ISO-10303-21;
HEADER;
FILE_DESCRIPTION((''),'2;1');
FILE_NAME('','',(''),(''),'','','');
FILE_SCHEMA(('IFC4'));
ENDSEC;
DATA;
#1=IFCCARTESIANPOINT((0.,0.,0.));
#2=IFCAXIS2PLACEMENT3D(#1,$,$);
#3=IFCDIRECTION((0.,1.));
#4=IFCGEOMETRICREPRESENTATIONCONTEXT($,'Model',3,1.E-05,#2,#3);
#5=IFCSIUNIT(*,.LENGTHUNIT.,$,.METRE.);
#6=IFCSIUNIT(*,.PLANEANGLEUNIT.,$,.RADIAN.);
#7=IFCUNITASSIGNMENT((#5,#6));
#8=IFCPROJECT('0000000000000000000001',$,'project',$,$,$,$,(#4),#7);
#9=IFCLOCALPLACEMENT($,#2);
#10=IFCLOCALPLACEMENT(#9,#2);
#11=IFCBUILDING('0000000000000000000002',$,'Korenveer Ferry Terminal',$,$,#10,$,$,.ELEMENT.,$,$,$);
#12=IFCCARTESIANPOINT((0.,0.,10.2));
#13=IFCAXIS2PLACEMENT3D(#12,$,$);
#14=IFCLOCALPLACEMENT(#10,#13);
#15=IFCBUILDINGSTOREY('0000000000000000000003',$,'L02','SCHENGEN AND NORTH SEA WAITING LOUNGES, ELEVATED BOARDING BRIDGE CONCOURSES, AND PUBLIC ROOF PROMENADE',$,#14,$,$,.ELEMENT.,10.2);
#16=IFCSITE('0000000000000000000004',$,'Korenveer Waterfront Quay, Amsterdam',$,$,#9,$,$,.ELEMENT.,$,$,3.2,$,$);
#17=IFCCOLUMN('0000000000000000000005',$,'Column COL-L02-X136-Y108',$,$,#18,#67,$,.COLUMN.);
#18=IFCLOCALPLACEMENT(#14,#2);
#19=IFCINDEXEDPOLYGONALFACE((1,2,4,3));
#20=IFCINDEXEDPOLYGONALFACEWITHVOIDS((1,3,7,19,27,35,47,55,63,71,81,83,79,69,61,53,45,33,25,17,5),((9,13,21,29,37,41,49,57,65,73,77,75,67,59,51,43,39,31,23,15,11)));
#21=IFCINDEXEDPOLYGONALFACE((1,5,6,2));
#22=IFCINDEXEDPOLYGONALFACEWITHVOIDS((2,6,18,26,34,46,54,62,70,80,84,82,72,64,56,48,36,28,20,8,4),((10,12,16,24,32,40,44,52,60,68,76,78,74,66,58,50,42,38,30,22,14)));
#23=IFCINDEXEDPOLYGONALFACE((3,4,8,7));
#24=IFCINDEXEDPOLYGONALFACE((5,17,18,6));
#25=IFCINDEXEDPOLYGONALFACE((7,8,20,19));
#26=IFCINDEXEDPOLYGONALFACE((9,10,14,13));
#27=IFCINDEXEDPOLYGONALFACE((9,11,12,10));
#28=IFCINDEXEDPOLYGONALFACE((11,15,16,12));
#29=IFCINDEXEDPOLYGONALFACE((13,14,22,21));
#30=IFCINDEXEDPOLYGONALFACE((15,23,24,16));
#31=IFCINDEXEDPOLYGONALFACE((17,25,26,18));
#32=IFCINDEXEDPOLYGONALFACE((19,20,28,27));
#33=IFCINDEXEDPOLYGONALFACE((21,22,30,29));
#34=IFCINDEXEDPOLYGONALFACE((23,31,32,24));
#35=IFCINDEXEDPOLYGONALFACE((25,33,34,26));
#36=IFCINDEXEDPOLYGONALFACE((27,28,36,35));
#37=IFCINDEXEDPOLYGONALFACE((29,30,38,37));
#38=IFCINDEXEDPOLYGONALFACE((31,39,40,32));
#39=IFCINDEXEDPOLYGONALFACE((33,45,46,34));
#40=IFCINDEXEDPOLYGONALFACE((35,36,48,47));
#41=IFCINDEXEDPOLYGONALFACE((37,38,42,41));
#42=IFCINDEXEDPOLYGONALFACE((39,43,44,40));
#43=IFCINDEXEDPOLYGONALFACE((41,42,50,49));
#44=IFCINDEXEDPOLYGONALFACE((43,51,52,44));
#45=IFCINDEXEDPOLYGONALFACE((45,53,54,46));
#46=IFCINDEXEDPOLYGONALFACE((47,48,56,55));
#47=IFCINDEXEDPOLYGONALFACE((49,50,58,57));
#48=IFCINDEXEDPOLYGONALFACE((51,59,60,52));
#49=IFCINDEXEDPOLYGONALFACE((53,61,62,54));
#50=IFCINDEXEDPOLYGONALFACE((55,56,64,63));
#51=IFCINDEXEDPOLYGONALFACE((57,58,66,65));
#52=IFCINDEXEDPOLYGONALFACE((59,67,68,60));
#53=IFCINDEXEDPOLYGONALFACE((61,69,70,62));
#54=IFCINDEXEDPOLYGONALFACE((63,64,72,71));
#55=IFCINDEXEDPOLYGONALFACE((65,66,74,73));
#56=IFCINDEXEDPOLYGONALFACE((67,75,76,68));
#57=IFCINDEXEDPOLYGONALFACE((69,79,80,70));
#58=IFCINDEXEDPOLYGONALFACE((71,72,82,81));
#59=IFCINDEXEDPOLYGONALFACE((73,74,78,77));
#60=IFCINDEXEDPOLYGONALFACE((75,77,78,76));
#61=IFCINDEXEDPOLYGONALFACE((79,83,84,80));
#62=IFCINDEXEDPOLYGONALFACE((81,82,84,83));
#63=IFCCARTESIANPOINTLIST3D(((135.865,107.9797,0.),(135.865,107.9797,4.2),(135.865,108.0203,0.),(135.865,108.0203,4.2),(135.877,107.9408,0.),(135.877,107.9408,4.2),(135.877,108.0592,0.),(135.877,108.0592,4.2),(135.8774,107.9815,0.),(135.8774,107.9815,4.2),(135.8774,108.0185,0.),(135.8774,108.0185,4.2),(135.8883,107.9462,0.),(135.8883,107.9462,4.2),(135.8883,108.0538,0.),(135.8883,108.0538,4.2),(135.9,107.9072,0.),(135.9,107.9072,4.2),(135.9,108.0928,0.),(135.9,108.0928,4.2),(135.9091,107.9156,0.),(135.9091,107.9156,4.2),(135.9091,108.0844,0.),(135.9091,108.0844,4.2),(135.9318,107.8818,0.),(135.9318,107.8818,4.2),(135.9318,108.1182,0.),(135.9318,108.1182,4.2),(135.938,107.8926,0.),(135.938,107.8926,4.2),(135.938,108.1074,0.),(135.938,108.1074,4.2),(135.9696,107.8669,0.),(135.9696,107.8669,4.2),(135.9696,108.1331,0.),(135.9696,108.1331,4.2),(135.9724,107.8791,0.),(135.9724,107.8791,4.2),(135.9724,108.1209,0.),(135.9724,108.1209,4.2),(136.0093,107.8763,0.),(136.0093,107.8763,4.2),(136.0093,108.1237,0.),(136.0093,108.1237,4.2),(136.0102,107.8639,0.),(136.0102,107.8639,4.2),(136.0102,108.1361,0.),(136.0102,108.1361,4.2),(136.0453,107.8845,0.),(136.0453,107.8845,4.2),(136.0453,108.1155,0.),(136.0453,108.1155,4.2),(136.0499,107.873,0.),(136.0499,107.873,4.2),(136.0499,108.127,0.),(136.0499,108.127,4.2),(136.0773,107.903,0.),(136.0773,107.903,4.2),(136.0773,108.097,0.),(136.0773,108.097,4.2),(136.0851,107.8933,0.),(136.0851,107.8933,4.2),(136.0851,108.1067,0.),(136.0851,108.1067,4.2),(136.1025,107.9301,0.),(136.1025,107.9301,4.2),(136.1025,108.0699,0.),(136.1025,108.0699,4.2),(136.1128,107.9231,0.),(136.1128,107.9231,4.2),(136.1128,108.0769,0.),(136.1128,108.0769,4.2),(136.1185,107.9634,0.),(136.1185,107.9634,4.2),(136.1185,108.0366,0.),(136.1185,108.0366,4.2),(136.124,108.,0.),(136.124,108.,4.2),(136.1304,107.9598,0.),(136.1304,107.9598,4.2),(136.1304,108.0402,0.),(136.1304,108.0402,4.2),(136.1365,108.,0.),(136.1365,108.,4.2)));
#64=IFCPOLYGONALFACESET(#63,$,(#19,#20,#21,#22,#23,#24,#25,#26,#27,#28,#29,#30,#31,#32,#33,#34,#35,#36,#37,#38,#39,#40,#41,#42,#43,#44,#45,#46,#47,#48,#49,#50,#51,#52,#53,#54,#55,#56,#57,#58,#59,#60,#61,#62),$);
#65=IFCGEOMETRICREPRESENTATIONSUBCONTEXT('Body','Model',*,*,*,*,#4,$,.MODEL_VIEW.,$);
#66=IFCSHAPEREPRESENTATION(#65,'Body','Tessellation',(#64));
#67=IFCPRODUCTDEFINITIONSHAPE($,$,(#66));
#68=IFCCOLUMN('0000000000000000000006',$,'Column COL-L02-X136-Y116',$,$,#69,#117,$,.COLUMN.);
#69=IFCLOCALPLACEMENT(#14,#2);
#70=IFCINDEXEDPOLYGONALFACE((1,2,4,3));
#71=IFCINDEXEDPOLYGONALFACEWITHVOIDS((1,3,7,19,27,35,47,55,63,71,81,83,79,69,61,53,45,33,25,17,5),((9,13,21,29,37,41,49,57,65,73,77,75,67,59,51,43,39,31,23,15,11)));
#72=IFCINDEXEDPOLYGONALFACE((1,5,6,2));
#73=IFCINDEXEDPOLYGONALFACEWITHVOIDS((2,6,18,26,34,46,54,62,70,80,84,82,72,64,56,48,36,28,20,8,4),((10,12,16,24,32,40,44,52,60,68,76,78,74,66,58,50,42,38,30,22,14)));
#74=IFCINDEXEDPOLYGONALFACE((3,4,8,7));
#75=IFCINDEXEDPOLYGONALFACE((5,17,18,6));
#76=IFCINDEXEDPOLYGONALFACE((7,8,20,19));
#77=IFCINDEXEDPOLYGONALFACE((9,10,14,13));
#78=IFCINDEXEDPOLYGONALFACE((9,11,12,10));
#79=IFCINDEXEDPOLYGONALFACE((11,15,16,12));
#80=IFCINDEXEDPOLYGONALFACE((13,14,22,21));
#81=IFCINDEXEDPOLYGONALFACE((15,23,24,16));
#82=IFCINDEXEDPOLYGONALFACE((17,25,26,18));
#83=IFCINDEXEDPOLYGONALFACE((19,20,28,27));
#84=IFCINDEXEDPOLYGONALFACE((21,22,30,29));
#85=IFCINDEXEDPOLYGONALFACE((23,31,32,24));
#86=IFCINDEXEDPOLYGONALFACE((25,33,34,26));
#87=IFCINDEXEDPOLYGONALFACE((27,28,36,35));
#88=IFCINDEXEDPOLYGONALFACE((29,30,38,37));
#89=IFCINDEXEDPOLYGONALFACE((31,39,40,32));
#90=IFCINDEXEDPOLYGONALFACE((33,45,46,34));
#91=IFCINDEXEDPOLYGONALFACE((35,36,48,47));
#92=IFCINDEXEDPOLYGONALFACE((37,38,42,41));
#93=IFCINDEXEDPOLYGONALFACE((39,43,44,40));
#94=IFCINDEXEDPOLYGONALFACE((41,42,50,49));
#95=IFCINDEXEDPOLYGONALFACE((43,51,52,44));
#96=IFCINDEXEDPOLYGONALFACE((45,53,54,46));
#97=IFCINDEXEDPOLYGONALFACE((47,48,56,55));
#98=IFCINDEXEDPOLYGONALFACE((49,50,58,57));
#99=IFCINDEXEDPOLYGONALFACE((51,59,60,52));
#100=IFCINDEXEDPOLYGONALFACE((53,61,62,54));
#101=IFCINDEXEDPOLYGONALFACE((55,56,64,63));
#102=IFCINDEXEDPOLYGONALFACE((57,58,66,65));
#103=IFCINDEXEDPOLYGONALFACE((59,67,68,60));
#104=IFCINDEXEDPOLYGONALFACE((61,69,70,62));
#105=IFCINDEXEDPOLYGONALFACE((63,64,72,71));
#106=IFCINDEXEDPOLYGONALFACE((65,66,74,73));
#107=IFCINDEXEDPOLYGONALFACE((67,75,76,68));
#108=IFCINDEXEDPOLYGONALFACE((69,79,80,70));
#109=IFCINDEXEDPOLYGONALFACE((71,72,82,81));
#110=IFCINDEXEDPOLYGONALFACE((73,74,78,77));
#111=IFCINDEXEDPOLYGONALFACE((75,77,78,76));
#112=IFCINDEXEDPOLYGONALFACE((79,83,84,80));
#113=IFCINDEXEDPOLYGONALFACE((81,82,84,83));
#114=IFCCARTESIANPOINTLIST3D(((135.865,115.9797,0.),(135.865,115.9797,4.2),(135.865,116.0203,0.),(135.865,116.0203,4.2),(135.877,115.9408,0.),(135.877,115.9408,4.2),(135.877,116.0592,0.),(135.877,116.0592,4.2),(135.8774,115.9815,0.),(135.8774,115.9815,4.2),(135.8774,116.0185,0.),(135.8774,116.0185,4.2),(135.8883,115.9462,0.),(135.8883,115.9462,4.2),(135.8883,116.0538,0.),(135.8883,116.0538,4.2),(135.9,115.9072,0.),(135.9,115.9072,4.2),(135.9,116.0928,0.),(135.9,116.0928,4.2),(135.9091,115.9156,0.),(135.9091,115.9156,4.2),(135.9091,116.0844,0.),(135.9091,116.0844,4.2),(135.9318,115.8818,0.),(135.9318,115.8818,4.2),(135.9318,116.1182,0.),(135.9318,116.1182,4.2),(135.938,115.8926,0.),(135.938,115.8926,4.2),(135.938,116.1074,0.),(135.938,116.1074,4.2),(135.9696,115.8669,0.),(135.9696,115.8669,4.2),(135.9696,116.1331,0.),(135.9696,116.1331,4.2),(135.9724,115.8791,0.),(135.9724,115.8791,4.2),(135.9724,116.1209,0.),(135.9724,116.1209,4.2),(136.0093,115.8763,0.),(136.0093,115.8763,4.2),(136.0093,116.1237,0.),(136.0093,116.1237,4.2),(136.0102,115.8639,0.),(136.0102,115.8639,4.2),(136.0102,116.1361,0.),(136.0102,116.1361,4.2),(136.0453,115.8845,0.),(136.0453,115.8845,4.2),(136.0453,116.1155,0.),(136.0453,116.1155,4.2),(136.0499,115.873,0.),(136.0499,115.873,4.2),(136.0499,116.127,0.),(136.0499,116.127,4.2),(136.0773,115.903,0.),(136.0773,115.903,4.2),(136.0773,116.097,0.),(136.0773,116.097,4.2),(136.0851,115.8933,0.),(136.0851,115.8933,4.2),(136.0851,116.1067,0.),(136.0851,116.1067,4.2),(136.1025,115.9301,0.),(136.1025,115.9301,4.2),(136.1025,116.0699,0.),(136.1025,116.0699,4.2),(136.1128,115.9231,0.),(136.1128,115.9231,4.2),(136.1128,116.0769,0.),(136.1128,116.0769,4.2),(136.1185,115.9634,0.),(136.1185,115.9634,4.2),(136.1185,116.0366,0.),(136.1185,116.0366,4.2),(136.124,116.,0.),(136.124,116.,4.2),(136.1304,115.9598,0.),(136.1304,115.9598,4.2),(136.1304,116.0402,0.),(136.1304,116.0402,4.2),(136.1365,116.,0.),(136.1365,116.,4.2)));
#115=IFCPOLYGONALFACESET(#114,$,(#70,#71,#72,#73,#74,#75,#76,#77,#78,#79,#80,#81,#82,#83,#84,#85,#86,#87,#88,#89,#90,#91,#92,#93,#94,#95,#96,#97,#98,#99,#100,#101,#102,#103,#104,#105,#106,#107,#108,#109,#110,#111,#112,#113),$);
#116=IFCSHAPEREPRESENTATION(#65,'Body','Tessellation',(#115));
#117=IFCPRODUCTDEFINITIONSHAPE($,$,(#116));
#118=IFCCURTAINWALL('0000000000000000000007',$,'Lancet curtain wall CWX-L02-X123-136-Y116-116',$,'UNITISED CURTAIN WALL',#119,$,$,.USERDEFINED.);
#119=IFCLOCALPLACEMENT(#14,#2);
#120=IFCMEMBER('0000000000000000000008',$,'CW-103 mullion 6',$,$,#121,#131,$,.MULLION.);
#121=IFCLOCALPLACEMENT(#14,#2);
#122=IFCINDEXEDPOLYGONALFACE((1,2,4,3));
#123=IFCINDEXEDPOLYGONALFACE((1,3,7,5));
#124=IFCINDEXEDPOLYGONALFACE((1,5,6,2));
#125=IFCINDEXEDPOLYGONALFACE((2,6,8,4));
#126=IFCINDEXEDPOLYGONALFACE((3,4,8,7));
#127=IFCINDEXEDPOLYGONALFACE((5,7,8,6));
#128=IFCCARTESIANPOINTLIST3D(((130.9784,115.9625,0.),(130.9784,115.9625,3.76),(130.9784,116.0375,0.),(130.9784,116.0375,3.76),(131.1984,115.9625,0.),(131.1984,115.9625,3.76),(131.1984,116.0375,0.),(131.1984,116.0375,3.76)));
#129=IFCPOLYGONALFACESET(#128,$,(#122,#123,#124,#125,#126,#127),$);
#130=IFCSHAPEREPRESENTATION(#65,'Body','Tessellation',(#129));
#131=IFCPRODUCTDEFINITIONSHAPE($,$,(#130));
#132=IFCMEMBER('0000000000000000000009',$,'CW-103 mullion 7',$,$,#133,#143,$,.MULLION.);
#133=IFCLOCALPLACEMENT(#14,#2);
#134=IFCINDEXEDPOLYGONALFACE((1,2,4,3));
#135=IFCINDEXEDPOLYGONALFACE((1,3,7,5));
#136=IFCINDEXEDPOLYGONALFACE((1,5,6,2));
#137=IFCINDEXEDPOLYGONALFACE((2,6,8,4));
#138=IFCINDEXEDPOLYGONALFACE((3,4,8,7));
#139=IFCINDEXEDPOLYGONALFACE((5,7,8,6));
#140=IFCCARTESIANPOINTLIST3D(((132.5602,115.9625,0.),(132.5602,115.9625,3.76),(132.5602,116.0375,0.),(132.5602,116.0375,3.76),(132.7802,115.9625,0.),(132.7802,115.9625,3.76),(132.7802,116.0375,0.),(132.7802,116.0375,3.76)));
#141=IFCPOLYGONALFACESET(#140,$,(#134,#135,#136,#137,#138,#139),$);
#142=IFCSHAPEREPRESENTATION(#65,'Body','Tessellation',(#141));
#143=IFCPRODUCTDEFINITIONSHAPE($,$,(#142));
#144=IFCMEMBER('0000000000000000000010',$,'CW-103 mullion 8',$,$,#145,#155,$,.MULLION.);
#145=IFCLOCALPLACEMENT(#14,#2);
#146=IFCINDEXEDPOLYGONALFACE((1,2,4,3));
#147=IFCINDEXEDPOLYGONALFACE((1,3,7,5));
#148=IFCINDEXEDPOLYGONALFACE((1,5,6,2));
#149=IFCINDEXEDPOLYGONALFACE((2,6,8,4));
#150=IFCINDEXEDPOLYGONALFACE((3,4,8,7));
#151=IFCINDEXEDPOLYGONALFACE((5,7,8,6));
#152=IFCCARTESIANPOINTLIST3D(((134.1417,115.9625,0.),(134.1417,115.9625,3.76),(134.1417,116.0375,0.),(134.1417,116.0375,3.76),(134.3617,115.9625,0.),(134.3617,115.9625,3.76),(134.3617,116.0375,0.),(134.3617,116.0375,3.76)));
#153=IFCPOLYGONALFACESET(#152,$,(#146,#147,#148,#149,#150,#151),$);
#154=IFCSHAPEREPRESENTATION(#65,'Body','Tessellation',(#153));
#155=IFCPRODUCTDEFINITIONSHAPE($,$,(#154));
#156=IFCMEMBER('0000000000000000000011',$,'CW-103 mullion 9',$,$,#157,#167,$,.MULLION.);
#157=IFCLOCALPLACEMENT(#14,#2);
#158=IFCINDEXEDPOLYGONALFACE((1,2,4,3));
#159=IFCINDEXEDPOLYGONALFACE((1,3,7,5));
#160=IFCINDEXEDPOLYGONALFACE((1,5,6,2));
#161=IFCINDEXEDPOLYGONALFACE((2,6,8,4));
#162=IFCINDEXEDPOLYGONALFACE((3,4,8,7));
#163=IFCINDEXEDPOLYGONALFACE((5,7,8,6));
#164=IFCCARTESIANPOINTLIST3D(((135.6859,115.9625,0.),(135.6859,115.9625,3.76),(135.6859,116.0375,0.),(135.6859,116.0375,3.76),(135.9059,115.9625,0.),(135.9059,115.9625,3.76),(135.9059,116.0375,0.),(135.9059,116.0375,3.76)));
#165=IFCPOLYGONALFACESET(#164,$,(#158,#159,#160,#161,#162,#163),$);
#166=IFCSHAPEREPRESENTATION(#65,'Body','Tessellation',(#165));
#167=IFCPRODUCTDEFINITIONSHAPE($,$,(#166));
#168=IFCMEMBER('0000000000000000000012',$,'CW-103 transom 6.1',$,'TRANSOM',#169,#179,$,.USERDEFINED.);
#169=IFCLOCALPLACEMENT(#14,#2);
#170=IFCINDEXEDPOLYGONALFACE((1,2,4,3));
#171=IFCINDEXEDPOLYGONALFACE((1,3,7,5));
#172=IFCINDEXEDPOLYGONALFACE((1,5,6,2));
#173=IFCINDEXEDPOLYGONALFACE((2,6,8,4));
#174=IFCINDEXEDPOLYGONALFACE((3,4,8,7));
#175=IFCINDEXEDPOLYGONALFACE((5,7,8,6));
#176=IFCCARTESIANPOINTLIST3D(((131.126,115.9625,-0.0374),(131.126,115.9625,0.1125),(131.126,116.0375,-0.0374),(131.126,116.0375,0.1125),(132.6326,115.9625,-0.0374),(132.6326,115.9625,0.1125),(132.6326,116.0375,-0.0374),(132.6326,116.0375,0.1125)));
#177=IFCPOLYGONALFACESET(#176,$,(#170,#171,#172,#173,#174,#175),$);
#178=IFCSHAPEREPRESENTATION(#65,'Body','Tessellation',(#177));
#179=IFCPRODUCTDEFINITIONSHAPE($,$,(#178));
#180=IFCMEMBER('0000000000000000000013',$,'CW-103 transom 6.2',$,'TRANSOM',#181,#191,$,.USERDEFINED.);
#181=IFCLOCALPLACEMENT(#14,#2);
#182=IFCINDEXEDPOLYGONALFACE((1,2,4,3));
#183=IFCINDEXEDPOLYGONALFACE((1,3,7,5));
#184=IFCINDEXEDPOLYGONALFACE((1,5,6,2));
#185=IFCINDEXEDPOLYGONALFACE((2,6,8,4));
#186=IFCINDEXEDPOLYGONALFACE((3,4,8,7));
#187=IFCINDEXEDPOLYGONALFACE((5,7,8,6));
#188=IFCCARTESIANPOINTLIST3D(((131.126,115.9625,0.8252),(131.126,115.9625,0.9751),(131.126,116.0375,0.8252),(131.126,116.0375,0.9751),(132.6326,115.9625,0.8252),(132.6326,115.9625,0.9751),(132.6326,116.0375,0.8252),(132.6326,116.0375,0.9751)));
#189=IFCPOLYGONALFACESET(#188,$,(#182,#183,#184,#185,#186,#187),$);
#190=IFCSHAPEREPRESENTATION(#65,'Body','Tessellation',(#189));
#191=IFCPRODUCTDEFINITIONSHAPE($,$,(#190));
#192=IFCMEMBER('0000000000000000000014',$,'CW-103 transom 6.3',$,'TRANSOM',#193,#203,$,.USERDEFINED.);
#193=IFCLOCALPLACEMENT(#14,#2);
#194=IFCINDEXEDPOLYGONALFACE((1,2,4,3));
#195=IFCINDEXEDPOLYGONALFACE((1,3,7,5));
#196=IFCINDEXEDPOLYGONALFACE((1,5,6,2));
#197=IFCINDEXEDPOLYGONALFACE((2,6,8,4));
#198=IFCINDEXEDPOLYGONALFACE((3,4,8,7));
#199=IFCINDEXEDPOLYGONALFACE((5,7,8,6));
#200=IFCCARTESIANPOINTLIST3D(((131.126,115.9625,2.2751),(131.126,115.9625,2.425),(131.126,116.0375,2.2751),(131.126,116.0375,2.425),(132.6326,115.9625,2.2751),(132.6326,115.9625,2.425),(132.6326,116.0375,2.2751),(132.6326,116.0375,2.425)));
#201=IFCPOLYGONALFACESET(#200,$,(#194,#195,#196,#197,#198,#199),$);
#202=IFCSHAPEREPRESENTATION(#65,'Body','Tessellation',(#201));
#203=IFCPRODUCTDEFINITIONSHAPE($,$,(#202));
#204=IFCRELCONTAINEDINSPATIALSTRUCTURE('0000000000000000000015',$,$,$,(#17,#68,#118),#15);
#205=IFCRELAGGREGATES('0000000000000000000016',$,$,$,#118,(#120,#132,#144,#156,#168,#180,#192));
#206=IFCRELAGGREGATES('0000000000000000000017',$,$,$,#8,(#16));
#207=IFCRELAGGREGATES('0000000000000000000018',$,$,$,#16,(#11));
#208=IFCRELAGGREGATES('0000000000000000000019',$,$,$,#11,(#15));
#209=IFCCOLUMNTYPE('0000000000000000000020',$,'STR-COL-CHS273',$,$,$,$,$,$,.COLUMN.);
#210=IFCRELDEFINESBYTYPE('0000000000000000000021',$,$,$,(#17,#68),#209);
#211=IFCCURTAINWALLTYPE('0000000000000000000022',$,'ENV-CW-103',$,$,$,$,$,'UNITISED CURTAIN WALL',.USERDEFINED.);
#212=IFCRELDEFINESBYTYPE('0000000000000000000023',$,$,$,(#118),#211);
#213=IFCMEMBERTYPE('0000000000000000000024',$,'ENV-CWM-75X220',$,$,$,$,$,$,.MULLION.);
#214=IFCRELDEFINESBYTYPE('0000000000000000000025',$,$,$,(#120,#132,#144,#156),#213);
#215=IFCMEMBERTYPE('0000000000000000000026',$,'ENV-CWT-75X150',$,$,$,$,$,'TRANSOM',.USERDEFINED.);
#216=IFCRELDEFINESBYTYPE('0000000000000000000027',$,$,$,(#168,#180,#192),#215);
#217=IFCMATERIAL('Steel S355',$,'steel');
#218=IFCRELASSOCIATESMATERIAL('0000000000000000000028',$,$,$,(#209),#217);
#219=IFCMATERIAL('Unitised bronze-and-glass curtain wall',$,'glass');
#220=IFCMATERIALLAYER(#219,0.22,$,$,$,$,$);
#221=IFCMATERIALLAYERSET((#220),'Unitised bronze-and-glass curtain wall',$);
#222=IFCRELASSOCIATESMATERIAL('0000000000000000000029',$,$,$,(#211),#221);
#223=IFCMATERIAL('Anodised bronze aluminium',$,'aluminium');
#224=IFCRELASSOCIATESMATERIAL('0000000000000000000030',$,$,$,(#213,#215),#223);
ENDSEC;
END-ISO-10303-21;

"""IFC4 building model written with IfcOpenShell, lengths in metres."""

from ifc_helpers import new_model, si_unit, direction, frame, origin, origin_2d, place, context, subcontext, project, spatial, rectangle, hollow_circle, extrude, material, layer, layer_set, material_profile, profile_set, type_object, element, aggregate, save


model = new_model("IFC4")

# Units and contexts
model_context = context("Model", 3, precision=1e-05, world=origin(), true_north=direction((0.0, 1.0)))
body_context = subcontext(model_context, "Body", "Model", "MODEL_VIEW")
ifc_project = project(units=[si_unit("LENGTHUNIT", "METRE"), si_unit("PLANEANGLEUNIT", "RADIAN")], contexts=[model_context])

# Site, building, storey
site_placement = place(None, origin())
site = spatial("IfcSite", under=ifc_project, at=site_placement, Name="Korenveer Waterfront Quay, Amsterdam", CompositionType="ELEMENT", RefElevation=3.2)
building_placement = place(site_placement, origin())
building = spatial("IfcBuilding", under=site, at=building_placement, Name="Korenveer Ferry Terminal", CompositionType="ELEMENT")
storey_placement = place(building_placement, frame((0.0, 0.0, 10.2)))
storey = spatial("IfcBuildingStorey", under=building, at=storey_placement, Name="L02", Description="SCHENGEN AND NORTH SEA WAITING LOUNGES, ELEVATED BOARDING BRIDGE CONCOURSES, AND PUBLIC ROOF PROMENADE", CompositionType="ELEMENT", Elevation=10.2)

# Columns
ifc_material_1 = material(Name="Steel S355", Category="steel")
ifc_material_profile_1 = material_profile(ifc_material_1, hollow_circle(Radius=0.1365, WallThickness=0.0125, at=origin_2d()), Name="CHS 273x12.5")
ifc_profile_set_1 = profile_set([ifc_material_profile_1], Name="Steel S355")
column_type = type_object("IfcColumnType", Name="STR-COL-CHS273", PredefinedType="COLUMN", material=ifc_profile_set_1)
for number, where, z_axis, x_axis, name in (
    (1, (136.0, 108.0, 0.0), (0.0, 0.0, 1.0), (1.0, 0.0, 0.0), "Column COL-L02-X136-Y108"),
    (2, (136.0, 116.0, 0.0), (0.0, 0.0, 1.0), (1.0, 0.0, 0.0), "Column COL-L02-X136-Y116"),
):
    element("IfcColumn", number, at=place(storey_placement, frame(where, z_axis=z_axis, x_axis=x_axis)), inside=storey, type_object=column_type, Name=name, PredefinedType="COLUMN", context=body_context, shape_type="SweptSolid", body=[
        extrude(hollow_circle(Radius=0.1365, WallThickness=0.0125, at=origin_2d()), origin(), (0.0, 0.0, 1.0), 4.2),
    ])

# Curtain wall, members
ifc_material_2 = material(Name="Unitised bronze-and-glass curtain wall", Category="glass")
ifc_layer_1 = layer(ifc_material_2, 0.22)
ifc_layer_set_1 = layer_set([ifc_layer_1], Name="Unitised bronze-and-glass curtain wall")
curtain_wall_type = type_object("IfcCurtainWallType", Name="ENV-CW-103", ElementType="UNITISED CURTAIN WALL", PredefinedType="USERDEFINED", material=ifc_layer_set_1)
curtain_wall_placement = place(storey_placement, frame((123.1799, 116.0, 0.0)))
curtain_wall = element("IfcCurtainWall", 3, at=curtain_wall_placement, inside=storey, type_object=curtain_wall_type, Name="Lancet curtain wall CWX-L02-X123-136-Y116-116", ObjectType="UNITISED CURTAIN WALL", PredefinedType="USERDEFINED")
ifc_material_3 = material(Name="Anodised bronze aluminium", Category="aluminium")
ifc_material_profile_2 = material_profile(ifc_material_3, rectangle(XDim=0.075, YDim=0.22, at=origin_2d()), Name="ALU 75x220")
ifc_profile_set_2 = profile_set([ifc_material_profile_2], Name="Anodised bronze aluminium")
member_type_1 = type_object("IfcMemberType", Name="ENV-CWM-75X220", PredefinedType="MULLION", material=ifc_profile_set_2)
member_1_placement = place(storey_placement, frame((131.0884, 116.0, 0.0), z_axis=(0.0, 0.0, 1.0), x_axis=(0.0, 1.0, 0.0)))
member_1 = element("IfcMember", 4, at=member_1_placement, type_object=member_type_1, Name="CW-103 mullion 6", PredefinedType="MULLION", context=body_context, shape_type="SweptSolid", body=[
    extrude(rectangle(XDim=0.075, YDim=0.22, at=origin_2d()), origin(), (0.0, 0.0, 1.0), 3.76),
])
member_2_placement = place(storey_placement, frame((132.6702, 116.0, 0.0), z_axis=(0.0, 0.0, 1.0), x_axis=(0.0, 1.0, 0.0)))
member_2 = element("IfcMember", 5, at=member_2_placement, type_object=member_type_1, Name="CW-103 mullion 7", PredefinedType="MULLION", context=body_context, shape_type="SweptSolid", body=[
    extrude(rectangle(XDim=0.075, YDim=0.22, at=origin_2d()), origin(), (0.0, 0.0, 1.0), 3.76),
])
member_3_placement = place(storey_placement, frame((134.2517, 116.0, 0.0), z_axis=(0.0, 0.0, 1.0), x_axis=(0.0, 1.0, 0.0)))
member_3 = element("IfcMember", 6, at=member_3_placement, type_object=member_type_1, Name="CW-103 mullion 8", PredefinedType="MULLION", context=body_context, shape_type="SweptSolid", body=[
    extrude(rectangle(XDim=0.075, YDim=0.22, at=origin_2d()), origin(), (0.0, 0.0, 1.0), 3.76),
])
member_4_placement = place(storey_placement, frame((135.7959, 116.0, 0.0), z_axis=(0.0, 0.0, 1.0), x_axis=(0.0, 1.0, 0.0)))
member_4 = element("IfcMember", 7, at=member_4_placement, type_object=member_type_1, Name="CW-103 mullion 9", PredefinedType="MULLION", context=body_context, shape_type="SweptSolid", body=[
    extrude(rectangle(XDim=0.075, YDim=0.22, at=origin_2d()), origin(), (0.0, 0.0, 1.0), 3.76),
])
ifc_material_profile_3 = material_profile(ifc_material_3, rectangle(XDim=0.075, YDim=0.1499, at=origin_2d()), Name="ALU 75x150")
ifc_profile_set_3 = profile_set([ifc_material_profile_3], Name="Anodised bronze aluminium")
member_type_2 = type_object("IfcMemberType", Name="ENV-CWT-75X150", ElementType="TRANSOM", PredefinedType="USERDEFINED", material=ifc_profile_set_3)
member_5_placement = place(storey_placement, frame((131.126, 116.0, 0.0376), z_axis=(1.0, 0.0, 0.0), x_axis=(0.0, 1.0, 0.0)))
member_5 = element("IfcMember", 8, at=member_5_placement, type_object=member_type_2, Name="CW-103 transom 6.1", ObjectType="TRANSOM", PredefinedType="USERDEFINED", context=body_context, shape_type="SweptSolid", body=[
    extrude(rectangle(XDim=0.075, YDim=0.1499, at=origin_2d()), origin(), (0.0, 0.0, 1.0), 1.5066),
])
member_6_placement = place(storey_placement, frame((131.126, 116.0, 0.9001), z_axis=(1.0, 0.0, 0.0), x_axis=(0.0, 1.0, 0.0)))
member_6 = element("IfcMember", 9, at=member_6_placement, type_object=member_type_2, Name="CW-103 transom 6.2", ObjectType="TRANSOM", PredefinedType="USERDEFINED", context=body_context, shape_type="SweptSolid", body=[
    extrude(rectangle(XDim=0.075, YDim=0.1499, at=origin_2d()), origin(), (0.0, 0.0, 1.0), 1.5066),
])
member_7_placement = place(storey_placement, frame((131.126, 116.0, 2.3501), z_axis=(1.0, 0.0, 0.0), x_axis=(0.0, 1.0, 0.0)))
member_7 = element("IfcMember", 10, at=member_7_placement, type_object=member_type_2, Name="CW-103 transom 6.3", ObjectType="TRANSOM", PredefinedType="USERDEFINED", context=body_context, shape_type="SweptSolid", body=[
    extrude(rectangle(XDim=0.075, YDim=0.1499, at=origin_2d()), origin(), (0.0, 0.0, 1.0), 1.5066),
])
aggregate(curtain_wall, [member_1, member_2, member_3, member_4, member_5, member_6, member_7])

save(model, "model.ifc")
